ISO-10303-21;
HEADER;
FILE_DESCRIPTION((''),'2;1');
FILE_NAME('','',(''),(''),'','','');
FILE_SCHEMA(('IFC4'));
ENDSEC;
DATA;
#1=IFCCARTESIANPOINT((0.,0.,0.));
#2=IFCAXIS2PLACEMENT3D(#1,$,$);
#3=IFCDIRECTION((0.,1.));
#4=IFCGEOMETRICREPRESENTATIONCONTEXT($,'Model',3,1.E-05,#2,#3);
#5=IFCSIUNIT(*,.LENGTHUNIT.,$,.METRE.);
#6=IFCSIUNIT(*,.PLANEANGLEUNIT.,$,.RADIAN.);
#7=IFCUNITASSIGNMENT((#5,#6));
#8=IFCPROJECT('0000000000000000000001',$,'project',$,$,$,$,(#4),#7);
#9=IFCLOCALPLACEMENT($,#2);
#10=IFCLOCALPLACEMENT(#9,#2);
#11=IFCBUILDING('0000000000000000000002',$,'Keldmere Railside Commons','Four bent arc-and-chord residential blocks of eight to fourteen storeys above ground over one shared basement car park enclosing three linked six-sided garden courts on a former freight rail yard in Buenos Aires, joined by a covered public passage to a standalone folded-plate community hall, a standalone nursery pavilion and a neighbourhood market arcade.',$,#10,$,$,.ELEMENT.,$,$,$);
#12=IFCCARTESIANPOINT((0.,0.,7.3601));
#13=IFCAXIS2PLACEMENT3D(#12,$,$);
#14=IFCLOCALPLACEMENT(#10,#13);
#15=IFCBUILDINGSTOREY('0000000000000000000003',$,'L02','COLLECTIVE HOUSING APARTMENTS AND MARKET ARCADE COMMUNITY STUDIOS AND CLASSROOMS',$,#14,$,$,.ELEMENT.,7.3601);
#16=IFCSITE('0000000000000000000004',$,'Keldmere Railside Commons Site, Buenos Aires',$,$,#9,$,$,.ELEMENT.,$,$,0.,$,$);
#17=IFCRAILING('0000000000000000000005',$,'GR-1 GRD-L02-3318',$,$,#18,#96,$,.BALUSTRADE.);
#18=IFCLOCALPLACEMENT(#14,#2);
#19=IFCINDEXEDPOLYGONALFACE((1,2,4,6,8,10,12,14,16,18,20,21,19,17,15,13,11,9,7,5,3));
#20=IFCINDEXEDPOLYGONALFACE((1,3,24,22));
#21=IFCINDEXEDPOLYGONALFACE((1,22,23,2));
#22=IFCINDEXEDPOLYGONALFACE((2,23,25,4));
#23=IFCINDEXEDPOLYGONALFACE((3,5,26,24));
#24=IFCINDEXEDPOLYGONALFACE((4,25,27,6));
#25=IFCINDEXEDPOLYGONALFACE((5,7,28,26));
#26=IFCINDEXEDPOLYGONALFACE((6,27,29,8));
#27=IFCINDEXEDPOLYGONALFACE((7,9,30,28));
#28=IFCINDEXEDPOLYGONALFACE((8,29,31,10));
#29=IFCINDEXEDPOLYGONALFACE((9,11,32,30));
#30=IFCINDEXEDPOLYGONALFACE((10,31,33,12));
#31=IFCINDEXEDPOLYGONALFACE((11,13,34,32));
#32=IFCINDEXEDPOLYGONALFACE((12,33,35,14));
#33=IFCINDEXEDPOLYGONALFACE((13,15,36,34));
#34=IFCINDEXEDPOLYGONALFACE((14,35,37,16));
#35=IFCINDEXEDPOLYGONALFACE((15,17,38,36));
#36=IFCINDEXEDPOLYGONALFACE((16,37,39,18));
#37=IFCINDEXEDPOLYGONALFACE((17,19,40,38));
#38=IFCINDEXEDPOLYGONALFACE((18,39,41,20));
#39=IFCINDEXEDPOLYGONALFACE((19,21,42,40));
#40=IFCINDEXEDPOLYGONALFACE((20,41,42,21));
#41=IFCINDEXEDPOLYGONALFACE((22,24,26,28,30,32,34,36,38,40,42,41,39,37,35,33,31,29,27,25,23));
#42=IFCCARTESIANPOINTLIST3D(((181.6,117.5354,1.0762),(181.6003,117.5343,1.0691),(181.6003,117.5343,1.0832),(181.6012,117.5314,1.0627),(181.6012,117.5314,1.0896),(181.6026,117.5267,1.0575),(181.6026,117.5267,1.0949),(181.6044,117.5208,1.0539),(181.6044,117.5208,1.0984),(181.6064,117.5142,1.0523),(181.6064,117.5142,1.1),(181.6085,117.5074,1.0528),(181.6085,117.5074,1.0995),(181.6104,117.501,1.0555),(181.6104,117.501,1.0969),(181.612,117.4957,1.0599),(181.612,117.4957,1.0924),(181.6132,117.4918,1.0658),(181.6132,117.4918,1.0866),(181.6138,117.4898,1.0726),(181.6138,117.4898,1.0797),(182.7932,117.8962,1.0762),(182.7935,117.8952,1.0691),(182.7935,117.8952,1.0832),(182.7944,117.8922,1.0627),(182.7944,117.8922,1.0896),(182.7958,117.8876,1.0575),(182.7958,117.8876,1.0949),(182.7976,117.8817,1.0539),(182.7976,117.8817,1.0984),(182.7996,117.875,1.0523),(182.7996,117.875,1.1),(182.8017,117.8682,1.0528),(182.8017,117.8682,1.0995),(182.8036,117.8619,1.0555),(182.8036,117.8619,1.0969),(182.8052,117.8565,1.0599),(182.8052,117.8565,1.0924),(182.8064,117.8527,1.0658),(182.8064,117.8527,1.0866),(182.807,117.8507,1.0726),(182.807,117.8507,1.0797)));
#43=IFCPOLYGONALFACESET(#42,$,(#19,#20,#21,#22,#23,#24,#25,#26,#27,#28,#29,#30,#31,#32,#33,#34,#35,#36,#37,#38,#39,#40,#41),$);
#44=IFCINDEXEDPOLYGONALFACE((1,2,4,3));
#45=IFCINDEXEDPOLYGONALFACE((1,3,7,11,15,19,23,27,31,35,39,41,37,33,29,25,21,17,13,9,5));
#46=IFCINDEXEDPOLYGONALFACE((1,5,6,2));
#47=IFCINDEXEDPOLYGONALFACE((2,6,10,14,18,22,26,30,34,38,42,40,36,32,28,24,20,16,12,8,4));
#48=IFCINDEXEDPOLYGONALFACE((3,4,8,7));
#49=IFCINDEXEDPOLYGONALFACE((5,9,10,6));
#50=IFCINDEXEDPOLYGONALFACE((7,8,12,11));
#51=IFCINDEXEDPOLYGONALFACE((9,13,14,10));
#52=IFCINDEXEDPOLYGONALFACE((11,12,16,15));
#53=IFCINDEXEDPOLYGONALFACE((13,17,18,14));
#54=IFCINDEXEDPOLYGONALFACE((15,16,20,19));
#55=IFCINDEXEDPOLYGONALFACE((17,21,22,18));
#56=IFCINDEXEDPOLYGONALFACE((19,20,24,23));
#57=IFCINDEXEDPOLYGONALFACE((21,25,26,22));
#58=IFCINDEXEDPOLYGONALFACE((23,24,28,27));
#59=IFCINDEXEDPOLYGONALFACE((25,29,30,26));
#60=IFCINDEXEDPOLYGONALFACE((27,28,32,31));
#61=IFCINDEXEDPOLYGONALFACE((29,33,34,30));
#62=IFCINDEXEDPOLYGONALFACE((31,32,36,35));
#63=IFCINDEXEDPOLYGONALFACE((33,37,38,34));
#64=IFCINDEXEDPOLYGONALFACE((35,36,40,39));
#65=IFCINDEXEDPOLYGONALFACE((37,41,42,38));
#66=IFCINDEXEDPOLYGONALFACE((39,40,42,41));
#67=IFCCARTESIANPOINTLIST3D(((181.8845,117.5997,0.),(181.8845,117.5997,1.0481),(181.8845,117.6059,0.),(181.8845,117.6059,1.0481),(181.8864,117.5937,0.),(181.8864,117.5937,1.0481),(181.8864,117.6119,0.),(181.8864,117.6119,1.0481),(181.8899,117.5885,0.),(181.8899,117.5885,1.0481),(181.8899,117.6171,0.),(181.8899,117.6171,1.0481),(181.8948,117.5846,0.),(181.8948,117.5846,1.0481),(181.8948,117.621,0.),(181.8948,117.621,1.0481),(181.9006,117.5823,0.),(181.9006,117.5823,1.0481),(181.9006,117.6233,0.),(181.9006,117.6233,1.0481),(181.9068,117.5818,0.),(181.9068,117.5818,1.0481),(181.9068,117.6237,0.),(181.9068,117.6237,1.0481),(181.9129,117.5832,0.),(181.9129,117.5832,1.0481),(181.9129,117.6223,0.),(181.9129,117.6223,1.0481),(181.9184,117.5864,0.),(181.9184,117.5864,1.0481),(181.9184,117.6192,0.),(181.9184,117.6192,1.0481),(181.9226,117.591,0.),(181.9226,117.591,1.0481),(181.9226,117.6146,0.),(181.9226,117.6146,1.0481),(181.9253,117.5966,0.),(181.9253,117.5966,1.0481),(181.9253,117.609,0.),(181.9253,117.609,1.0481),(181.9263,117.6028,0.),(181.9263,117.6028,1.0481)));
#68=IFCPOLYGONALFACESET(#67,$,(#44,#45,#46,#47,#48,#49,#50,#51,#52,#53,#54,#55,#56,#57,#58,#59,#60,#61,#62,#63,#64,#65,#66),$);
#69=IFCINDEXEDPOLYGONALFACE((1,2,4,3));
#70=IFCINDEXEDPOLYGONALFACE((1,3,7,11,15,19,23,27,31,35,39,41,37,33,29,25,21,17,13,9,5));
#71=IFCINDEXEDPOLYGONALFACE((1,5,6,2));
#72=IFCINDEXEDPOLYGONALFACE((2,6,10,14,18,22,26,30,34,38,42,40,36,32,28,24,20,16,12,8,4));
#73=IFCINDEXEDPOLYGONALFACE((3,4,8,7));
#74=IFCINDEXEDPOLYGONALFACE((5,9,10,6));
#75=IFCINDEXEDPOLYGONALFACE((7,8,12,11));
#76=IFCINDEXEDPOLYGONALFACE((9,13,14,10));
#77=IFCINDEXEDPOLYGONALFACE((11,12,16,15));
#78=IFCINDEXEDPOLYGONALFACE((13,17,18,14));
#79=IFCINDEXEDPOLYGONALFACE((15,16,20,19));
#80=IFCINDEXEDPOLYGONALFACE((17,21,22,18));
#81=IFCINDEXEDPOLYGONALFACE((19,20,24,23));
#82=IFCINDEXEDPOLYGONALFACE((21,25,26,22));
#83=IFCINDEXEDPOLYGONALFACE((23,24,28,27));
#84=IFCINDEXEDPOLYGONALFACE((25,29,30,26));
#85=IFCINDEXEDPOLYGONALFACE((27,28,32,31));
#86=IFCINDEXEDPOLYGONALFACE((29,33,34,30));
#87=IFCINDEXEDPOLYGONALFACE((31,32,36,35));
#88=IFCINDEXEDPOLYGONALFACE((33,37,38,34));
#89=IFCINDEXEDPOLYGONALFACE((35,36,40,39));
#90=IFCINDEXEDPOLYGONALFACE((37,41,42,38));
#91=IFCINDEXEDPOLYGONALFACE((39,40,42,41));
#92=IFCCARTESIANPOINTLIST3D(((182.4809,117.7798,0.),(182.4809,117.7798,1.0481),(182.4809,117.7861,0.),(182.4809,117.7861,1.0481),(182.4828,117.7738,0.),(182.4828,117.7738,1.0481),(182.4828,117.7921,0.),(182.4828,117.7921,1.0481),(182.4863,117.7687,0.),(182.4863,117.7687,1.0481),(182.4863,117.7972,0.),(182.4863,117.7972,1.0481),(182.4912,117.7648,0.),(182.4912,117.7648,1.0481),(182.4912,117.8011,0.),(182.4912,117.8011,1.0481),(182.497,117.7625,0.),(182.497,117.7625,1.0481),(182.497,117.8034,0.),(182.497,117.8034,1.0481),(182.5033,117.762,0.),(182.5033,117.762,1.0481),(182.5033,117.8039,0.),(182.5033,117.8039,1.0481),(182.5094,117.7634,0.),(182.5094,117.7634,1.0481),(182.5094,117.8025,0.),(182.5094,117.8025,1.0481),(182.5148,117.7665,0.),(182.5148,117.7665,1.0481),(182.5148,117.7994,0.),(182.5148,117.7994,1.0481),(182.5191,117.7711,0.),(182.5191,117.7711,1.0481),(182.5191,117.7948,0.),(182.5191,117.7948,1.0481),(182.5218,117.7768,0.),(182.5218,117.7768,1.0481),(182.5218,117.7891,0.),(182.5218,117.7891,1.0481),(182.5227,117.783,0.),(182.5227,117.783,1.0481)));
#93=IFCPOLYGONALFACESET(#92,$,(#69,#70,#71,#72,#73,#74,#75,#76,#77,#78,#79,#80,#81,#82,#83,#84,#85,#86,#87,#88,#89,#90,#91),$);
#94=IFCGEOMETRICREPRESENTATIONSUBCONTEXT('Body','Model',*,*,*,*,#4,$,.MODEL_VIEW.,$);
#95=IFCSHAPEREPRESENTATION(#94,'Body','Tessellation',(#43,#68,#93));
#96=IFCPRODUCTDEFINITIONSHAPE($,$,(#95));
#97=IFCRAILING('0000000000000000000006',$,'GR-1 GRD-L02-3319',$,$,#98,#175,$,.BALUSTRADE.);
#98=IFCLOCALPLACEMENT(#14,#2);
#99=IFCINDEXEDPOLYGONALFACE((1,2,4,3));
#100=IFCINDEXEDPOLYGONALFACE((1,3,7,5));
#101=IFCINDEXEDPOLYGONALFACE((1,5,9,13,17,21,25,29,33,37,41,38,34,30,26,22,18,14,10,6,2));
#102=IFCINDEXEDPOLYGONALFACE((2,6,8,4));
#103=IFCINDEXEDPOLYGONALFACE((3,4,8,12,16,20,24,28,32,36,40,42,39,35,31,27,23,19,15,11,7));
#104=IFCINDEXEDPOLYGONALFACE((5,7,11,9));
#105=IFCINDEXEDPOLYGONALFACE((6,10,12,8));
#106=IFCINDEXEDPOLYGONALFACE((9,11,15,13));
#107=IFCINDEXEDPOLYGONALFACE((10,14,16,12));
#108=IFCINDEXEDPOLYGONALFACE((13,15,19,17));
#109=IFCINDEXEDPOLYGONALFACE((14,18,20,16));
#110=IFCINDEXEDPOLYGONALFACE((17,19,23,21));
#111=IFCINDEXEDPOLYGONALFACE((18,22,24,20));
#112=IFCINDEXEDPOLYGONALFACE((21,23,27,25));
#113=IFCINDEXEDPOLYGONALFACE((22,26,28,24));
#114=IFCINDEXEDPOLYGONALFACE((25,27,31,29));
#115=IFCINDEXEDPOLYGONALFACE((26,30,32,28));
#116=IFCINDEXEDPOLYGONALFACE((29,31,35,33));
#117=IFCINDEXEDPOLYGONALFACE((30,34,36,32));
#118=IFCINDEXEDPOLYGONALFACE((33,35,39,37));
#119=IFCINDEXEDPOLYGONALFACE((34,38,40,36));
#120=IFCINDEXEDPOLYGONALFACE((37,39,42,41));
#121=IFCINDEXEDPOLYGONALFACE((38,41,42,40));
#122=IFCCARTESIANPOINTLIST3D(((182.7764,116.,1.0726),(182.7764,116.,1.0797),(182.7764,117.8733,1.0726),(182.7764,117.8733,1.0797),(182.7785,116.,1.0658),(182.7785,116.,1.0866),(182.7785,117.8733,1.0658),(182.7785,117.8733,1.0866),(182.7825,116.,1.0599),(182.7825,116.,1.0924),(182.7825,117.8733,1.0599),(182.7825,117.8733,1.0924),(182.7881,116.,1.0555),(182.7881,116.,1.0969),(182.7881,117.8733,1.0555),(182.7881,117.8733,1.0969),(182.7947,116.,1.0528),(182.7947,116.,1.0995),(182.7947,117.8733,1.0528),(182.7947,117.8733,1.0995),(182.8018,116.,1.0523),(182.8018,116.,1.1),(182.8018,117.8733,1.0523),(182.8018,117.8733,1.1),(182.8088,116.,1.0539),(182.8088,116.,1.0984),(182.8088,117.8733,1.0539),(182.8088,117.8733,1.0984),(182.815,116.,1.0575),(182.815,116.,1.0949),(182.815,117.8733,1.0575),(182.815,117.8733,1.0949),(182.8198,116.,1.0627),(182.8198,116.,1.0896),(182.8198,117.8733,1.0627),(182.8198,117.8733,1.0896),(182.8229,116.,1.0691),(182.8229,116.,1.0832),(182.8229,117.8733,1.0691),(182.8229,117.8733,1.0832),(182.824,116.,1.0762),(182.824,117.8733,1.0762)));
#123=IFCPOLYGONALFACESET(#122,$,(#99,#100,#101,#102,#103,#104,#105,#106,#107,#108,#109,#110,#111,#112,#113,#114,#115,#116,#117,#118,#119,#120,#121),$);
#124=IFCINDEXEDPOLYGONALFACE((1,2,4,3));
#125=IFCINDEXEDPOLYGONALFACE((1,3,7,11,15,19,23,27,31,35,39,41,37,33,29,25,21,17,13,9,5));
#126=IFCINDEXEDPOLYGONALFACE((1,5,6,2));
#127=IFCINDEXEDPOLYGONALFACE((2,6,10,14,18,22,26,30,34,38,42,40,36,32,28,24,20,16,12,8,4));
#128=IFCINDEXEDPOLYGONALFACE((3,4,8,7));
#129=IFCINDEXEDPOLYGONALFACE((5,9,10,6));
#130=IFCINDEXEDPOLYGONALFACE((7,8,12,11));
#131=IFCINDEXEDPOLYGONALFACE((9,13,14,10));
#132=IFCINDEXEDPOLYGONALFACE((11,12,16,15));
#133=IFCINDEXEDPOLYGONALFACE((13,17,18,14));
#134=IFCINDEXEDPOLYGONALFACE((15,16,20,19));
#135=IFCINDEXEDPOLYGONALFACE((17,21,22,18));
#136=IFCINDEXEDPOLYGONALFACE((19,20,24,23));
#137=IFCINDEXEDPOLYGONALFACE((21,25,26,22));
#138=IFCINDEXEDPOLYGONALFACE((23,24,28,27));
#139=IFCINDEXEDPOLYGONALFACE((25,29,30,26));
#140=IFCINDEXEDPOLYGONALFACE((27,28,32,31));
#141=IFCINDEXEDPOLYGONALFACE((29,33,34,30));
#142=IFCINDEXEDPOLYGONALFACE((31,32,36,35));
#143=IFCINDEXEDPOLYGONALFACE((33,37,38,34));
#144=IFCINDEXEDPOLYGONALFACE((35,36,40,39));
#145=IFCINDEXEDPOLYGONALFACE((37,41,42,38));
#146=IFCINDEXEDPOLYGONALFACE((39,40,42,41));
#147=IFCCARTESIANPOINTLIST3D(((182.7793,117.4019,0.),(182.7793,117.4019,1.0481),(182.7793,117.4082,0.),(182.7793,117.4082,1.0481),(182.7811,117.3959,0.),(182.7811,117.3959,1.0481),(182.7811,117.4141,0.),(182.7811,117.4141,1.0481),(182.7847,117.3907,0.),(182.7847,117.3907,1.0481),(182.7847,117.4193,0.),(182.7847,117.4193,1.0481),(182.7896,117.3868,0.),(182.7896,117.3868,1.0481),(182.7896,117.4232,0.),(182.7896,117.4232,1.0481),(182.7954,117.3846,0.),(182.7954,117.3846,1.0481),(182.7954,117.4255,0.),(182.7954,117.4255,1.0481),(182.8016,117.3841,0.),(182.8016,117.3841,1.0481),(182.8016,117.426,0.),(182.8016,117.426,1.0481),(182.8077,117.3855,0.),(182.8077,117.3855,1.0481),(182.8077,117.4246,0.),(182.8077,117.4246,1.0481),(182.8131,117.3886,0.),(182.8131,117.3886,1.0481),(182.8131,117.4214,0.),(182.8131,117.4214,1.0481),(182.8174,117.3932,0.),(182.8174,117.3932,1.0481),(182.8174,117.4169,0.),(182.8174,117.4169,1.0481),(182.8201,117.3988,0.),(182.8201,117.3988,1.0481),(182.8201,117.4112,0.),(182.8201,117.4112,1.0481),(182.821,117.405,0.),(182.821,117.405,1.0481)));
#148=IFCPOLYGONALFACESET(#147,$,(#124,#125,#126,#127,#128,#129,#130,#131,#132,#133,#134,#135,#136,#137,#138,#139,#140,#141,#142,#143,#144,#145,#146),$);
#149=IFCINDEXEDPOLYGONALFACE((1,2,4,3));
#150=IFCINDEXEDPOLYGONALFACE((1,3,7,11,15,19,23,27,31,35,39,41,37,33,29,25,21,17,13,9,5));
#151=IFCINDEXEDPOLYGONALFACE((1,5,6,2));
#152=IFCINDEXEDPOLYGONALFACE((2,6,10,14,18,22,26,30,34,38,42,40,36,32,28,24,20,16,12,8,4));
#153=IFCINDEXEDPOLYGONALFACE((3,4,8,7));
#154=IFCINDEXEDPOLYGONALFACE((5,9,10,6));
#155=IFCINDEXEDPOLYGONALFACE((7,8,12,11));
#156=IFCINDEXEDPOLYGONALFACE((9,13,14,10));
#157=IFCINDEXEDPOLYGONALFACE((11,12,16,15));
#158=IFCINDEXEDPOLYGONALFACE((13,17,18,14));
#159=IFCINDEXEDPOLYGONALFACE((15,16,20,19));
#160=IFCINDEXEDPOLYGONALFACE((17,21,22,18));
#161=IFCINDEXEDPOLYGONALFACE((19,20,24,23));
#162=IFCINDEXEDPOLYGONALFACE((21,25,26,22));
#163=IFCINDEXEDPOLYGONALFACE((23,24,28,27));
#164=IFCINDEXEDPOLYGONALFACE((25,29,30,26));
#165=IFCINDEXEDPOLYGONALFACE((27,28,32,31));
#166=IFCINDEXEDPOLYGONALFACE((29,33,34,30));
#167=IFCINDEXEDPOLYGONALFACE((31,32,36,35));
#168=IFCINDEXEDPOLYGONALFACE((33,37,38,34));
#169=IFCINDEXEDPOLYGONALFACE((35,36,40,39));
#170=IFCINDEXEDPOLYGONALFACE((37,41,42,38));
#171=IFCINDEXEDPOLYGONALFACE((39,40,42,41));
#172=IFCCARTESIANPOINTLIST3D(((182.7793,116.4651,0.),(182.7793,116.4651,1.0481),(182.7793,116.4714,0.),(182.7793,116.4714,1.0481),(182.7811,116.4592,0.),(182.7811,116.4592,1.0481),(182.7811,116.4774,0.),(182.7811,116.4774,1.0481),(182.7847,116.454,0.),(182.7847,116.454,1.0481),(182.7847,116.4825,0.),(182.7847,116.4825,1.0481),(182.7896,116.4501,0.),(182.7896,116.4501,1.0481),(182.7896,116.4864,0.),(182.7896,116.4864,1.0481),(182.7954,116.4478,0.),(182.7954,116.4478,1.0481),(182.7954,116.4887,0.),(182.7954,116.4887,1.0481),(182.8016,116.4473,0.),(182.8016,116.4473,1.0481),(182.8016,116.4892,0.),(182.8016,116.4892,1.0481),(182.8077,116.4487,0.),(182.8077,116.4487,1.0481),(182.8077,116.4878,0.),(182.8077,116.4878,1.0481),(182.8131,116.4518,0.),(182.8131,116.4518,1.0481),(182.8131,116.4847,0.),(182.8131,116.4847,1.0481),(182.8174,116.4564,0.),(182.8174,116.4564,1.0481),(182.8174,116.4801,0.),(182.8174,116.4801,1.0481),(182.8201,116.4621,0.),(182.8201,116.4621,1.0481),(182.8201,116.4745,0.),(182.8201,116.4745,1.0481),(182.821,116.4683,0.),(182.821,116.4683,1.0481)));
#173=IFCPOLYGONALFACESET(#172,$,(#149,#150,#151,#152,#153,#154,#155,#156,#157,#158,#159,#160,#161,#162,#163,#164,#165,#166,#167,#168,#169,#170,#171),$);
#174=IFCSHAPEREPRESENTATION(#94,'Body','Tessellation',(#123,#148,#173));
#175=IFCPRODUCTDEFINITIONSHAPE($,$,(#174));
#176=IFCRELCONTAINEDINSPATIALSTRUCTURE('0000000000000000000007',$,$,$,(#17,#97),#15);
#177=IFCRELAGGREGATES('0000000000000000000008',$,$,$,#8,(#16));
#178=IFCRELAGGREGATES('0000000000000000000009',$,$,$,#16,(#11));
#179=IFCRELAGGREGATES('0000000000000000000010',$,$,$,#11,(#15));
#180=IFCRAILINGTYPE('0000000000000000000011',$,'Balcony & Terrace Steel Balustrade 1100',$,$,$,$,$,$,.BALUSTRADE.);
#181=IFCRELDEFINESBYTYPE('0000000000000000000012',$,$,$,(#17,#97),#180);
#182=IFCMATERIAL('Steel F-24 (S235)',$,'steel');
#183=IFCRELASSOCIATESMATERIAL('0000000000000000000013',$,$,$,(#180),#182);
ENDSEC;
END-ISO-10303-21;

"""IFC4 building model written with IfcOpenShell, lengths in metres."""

from ifc_helpers import new_model, si_unit, direction, frame, origin, origin_2d, place, context, subcontext, project, spatial, circle, extrude, material, type_object, element, save


model = new_model("IFC4")

# Units and contexts
model_context = context("Model", 3, precision=1e-05, world=origin(), true_north=direction((0.0, 1.0)))
body_context = subcontext(model_context, "Body", "Model", "MODEL_VIEW")
ifc_project = project(units=[si_unit("LENGTHUNIT", "METRE"), si_unit("PLANEANGLEUNIT", "RADIAN")], contexts=[model_context])

# Site, building, storey
site_placement = place(None, origin())
site = spatial("IfcSite", under=ifc_project, at=site_placement, Name="Keldmere Railside Commons Site, Buenos Aires", CompositionType="ELEMENT", RefElevation=0.0)
building_placement = place(site_placement, origin())
building = spatial("IfcBuilding", under=site, at=building_placement, Name="Keldmere Railside Commons", Description="Four bent arc-and-chord residential blocks of eight to fourteen storeys above ground over one shared basement car park enclosing three linked six-sided garden courts on a former freight rail yard in Buenos Aires, joined by a covered public passage to a standalone folded-plate community hall, a standalone nursery pavilion and a neighbourhood market arcade.", CompositionType="ELEMENT")
storey_placement = place(building_placement, frame((0.0, 0.0, 7.3601)))
storey = spatial("IfcBuildingStorey", under=building, at=storey_placement, Name="L02", Description="COLLECTIVE HOUSING APARTMENTS AND MARKET ARCADE COMMUNITY STUDIOS AND CLASSROOMS", CompositionType="ELEMENT", Elevation=7.3601)

# Railings
ifc_material_1 = material(Name="Steel F-24 (S235)", Category="steel")
railing_type = type_object("IfcRailingType", Name="Balcony & Terrace Steel Balustrade 1100", PredefinedType="BALUSTRADE", material=ifc_material_1)
railing_1_placement = place(storey_placement, frame((181.6069, 117.5125, 0.0)))
element("IfcRailing", 1, at=railing_1_placement, inside=storey, type_object=railing_type, Name="GR-1 GRD-L02-3318", PredefinedType="BALUSTRADE", context=body_context, shape_type="SweptSolid", body=[
    extrude(circle(Radius=0.0239, at=origin_2d()), frame((0.0, 0.0, 1.0762), z_axis=(0.957182, 0.289485, 0.0), x_axis=(-0.289485, 0.957182, 0.0)), (0.0, 0.0, 1.0), 1.2466),
    extrude(circle(Radius=0.021, at=origin_2d()), frame((0.2983, 0.0903, 0.0)), (0.0, 0.0, 1.0), 1.0481),
    extrude(circle(Radius=0.021, at=origin_2d()), frame((0.8948, 0.2705, 0.0)), (0.0, 0.0, 1.0), 1.0481),
])
railing_2_placement = place(storey_placement, frame((182.8, 117.8733, 0.0)))
element("IfcRailing", 2, at=railing_2_placement, inside=storey, type_object=railing_type, Name="GR-1 GRD-L02-3319", PredefinedType="BALUSTRADE", context=body_context, shape_type="SweptSolid", body=[
    extrude(circle(Radius=0.0239, at=origin_2d()), frame((0.0, 0.0, 1.0762), z_axis=(0.0, -1.0, 0.0), x_axis=(1.0, 0.0, 0.0)), (0.0, 0.0, 1.0), 1.8733),
    extrude(circle(Radius=0.021, at=origin_2d()), frame((0.0, -0.4683, 0.0)), (0.0, 0.0, 1.0), 1.0481),
    extrude(circle(Radius=0.021, at=origin_2d()), frame((0.0, -1.405, 0.0)), (0.0, 0.0, 1.0), 1.0481),
])

save(model, "model.ifc")
